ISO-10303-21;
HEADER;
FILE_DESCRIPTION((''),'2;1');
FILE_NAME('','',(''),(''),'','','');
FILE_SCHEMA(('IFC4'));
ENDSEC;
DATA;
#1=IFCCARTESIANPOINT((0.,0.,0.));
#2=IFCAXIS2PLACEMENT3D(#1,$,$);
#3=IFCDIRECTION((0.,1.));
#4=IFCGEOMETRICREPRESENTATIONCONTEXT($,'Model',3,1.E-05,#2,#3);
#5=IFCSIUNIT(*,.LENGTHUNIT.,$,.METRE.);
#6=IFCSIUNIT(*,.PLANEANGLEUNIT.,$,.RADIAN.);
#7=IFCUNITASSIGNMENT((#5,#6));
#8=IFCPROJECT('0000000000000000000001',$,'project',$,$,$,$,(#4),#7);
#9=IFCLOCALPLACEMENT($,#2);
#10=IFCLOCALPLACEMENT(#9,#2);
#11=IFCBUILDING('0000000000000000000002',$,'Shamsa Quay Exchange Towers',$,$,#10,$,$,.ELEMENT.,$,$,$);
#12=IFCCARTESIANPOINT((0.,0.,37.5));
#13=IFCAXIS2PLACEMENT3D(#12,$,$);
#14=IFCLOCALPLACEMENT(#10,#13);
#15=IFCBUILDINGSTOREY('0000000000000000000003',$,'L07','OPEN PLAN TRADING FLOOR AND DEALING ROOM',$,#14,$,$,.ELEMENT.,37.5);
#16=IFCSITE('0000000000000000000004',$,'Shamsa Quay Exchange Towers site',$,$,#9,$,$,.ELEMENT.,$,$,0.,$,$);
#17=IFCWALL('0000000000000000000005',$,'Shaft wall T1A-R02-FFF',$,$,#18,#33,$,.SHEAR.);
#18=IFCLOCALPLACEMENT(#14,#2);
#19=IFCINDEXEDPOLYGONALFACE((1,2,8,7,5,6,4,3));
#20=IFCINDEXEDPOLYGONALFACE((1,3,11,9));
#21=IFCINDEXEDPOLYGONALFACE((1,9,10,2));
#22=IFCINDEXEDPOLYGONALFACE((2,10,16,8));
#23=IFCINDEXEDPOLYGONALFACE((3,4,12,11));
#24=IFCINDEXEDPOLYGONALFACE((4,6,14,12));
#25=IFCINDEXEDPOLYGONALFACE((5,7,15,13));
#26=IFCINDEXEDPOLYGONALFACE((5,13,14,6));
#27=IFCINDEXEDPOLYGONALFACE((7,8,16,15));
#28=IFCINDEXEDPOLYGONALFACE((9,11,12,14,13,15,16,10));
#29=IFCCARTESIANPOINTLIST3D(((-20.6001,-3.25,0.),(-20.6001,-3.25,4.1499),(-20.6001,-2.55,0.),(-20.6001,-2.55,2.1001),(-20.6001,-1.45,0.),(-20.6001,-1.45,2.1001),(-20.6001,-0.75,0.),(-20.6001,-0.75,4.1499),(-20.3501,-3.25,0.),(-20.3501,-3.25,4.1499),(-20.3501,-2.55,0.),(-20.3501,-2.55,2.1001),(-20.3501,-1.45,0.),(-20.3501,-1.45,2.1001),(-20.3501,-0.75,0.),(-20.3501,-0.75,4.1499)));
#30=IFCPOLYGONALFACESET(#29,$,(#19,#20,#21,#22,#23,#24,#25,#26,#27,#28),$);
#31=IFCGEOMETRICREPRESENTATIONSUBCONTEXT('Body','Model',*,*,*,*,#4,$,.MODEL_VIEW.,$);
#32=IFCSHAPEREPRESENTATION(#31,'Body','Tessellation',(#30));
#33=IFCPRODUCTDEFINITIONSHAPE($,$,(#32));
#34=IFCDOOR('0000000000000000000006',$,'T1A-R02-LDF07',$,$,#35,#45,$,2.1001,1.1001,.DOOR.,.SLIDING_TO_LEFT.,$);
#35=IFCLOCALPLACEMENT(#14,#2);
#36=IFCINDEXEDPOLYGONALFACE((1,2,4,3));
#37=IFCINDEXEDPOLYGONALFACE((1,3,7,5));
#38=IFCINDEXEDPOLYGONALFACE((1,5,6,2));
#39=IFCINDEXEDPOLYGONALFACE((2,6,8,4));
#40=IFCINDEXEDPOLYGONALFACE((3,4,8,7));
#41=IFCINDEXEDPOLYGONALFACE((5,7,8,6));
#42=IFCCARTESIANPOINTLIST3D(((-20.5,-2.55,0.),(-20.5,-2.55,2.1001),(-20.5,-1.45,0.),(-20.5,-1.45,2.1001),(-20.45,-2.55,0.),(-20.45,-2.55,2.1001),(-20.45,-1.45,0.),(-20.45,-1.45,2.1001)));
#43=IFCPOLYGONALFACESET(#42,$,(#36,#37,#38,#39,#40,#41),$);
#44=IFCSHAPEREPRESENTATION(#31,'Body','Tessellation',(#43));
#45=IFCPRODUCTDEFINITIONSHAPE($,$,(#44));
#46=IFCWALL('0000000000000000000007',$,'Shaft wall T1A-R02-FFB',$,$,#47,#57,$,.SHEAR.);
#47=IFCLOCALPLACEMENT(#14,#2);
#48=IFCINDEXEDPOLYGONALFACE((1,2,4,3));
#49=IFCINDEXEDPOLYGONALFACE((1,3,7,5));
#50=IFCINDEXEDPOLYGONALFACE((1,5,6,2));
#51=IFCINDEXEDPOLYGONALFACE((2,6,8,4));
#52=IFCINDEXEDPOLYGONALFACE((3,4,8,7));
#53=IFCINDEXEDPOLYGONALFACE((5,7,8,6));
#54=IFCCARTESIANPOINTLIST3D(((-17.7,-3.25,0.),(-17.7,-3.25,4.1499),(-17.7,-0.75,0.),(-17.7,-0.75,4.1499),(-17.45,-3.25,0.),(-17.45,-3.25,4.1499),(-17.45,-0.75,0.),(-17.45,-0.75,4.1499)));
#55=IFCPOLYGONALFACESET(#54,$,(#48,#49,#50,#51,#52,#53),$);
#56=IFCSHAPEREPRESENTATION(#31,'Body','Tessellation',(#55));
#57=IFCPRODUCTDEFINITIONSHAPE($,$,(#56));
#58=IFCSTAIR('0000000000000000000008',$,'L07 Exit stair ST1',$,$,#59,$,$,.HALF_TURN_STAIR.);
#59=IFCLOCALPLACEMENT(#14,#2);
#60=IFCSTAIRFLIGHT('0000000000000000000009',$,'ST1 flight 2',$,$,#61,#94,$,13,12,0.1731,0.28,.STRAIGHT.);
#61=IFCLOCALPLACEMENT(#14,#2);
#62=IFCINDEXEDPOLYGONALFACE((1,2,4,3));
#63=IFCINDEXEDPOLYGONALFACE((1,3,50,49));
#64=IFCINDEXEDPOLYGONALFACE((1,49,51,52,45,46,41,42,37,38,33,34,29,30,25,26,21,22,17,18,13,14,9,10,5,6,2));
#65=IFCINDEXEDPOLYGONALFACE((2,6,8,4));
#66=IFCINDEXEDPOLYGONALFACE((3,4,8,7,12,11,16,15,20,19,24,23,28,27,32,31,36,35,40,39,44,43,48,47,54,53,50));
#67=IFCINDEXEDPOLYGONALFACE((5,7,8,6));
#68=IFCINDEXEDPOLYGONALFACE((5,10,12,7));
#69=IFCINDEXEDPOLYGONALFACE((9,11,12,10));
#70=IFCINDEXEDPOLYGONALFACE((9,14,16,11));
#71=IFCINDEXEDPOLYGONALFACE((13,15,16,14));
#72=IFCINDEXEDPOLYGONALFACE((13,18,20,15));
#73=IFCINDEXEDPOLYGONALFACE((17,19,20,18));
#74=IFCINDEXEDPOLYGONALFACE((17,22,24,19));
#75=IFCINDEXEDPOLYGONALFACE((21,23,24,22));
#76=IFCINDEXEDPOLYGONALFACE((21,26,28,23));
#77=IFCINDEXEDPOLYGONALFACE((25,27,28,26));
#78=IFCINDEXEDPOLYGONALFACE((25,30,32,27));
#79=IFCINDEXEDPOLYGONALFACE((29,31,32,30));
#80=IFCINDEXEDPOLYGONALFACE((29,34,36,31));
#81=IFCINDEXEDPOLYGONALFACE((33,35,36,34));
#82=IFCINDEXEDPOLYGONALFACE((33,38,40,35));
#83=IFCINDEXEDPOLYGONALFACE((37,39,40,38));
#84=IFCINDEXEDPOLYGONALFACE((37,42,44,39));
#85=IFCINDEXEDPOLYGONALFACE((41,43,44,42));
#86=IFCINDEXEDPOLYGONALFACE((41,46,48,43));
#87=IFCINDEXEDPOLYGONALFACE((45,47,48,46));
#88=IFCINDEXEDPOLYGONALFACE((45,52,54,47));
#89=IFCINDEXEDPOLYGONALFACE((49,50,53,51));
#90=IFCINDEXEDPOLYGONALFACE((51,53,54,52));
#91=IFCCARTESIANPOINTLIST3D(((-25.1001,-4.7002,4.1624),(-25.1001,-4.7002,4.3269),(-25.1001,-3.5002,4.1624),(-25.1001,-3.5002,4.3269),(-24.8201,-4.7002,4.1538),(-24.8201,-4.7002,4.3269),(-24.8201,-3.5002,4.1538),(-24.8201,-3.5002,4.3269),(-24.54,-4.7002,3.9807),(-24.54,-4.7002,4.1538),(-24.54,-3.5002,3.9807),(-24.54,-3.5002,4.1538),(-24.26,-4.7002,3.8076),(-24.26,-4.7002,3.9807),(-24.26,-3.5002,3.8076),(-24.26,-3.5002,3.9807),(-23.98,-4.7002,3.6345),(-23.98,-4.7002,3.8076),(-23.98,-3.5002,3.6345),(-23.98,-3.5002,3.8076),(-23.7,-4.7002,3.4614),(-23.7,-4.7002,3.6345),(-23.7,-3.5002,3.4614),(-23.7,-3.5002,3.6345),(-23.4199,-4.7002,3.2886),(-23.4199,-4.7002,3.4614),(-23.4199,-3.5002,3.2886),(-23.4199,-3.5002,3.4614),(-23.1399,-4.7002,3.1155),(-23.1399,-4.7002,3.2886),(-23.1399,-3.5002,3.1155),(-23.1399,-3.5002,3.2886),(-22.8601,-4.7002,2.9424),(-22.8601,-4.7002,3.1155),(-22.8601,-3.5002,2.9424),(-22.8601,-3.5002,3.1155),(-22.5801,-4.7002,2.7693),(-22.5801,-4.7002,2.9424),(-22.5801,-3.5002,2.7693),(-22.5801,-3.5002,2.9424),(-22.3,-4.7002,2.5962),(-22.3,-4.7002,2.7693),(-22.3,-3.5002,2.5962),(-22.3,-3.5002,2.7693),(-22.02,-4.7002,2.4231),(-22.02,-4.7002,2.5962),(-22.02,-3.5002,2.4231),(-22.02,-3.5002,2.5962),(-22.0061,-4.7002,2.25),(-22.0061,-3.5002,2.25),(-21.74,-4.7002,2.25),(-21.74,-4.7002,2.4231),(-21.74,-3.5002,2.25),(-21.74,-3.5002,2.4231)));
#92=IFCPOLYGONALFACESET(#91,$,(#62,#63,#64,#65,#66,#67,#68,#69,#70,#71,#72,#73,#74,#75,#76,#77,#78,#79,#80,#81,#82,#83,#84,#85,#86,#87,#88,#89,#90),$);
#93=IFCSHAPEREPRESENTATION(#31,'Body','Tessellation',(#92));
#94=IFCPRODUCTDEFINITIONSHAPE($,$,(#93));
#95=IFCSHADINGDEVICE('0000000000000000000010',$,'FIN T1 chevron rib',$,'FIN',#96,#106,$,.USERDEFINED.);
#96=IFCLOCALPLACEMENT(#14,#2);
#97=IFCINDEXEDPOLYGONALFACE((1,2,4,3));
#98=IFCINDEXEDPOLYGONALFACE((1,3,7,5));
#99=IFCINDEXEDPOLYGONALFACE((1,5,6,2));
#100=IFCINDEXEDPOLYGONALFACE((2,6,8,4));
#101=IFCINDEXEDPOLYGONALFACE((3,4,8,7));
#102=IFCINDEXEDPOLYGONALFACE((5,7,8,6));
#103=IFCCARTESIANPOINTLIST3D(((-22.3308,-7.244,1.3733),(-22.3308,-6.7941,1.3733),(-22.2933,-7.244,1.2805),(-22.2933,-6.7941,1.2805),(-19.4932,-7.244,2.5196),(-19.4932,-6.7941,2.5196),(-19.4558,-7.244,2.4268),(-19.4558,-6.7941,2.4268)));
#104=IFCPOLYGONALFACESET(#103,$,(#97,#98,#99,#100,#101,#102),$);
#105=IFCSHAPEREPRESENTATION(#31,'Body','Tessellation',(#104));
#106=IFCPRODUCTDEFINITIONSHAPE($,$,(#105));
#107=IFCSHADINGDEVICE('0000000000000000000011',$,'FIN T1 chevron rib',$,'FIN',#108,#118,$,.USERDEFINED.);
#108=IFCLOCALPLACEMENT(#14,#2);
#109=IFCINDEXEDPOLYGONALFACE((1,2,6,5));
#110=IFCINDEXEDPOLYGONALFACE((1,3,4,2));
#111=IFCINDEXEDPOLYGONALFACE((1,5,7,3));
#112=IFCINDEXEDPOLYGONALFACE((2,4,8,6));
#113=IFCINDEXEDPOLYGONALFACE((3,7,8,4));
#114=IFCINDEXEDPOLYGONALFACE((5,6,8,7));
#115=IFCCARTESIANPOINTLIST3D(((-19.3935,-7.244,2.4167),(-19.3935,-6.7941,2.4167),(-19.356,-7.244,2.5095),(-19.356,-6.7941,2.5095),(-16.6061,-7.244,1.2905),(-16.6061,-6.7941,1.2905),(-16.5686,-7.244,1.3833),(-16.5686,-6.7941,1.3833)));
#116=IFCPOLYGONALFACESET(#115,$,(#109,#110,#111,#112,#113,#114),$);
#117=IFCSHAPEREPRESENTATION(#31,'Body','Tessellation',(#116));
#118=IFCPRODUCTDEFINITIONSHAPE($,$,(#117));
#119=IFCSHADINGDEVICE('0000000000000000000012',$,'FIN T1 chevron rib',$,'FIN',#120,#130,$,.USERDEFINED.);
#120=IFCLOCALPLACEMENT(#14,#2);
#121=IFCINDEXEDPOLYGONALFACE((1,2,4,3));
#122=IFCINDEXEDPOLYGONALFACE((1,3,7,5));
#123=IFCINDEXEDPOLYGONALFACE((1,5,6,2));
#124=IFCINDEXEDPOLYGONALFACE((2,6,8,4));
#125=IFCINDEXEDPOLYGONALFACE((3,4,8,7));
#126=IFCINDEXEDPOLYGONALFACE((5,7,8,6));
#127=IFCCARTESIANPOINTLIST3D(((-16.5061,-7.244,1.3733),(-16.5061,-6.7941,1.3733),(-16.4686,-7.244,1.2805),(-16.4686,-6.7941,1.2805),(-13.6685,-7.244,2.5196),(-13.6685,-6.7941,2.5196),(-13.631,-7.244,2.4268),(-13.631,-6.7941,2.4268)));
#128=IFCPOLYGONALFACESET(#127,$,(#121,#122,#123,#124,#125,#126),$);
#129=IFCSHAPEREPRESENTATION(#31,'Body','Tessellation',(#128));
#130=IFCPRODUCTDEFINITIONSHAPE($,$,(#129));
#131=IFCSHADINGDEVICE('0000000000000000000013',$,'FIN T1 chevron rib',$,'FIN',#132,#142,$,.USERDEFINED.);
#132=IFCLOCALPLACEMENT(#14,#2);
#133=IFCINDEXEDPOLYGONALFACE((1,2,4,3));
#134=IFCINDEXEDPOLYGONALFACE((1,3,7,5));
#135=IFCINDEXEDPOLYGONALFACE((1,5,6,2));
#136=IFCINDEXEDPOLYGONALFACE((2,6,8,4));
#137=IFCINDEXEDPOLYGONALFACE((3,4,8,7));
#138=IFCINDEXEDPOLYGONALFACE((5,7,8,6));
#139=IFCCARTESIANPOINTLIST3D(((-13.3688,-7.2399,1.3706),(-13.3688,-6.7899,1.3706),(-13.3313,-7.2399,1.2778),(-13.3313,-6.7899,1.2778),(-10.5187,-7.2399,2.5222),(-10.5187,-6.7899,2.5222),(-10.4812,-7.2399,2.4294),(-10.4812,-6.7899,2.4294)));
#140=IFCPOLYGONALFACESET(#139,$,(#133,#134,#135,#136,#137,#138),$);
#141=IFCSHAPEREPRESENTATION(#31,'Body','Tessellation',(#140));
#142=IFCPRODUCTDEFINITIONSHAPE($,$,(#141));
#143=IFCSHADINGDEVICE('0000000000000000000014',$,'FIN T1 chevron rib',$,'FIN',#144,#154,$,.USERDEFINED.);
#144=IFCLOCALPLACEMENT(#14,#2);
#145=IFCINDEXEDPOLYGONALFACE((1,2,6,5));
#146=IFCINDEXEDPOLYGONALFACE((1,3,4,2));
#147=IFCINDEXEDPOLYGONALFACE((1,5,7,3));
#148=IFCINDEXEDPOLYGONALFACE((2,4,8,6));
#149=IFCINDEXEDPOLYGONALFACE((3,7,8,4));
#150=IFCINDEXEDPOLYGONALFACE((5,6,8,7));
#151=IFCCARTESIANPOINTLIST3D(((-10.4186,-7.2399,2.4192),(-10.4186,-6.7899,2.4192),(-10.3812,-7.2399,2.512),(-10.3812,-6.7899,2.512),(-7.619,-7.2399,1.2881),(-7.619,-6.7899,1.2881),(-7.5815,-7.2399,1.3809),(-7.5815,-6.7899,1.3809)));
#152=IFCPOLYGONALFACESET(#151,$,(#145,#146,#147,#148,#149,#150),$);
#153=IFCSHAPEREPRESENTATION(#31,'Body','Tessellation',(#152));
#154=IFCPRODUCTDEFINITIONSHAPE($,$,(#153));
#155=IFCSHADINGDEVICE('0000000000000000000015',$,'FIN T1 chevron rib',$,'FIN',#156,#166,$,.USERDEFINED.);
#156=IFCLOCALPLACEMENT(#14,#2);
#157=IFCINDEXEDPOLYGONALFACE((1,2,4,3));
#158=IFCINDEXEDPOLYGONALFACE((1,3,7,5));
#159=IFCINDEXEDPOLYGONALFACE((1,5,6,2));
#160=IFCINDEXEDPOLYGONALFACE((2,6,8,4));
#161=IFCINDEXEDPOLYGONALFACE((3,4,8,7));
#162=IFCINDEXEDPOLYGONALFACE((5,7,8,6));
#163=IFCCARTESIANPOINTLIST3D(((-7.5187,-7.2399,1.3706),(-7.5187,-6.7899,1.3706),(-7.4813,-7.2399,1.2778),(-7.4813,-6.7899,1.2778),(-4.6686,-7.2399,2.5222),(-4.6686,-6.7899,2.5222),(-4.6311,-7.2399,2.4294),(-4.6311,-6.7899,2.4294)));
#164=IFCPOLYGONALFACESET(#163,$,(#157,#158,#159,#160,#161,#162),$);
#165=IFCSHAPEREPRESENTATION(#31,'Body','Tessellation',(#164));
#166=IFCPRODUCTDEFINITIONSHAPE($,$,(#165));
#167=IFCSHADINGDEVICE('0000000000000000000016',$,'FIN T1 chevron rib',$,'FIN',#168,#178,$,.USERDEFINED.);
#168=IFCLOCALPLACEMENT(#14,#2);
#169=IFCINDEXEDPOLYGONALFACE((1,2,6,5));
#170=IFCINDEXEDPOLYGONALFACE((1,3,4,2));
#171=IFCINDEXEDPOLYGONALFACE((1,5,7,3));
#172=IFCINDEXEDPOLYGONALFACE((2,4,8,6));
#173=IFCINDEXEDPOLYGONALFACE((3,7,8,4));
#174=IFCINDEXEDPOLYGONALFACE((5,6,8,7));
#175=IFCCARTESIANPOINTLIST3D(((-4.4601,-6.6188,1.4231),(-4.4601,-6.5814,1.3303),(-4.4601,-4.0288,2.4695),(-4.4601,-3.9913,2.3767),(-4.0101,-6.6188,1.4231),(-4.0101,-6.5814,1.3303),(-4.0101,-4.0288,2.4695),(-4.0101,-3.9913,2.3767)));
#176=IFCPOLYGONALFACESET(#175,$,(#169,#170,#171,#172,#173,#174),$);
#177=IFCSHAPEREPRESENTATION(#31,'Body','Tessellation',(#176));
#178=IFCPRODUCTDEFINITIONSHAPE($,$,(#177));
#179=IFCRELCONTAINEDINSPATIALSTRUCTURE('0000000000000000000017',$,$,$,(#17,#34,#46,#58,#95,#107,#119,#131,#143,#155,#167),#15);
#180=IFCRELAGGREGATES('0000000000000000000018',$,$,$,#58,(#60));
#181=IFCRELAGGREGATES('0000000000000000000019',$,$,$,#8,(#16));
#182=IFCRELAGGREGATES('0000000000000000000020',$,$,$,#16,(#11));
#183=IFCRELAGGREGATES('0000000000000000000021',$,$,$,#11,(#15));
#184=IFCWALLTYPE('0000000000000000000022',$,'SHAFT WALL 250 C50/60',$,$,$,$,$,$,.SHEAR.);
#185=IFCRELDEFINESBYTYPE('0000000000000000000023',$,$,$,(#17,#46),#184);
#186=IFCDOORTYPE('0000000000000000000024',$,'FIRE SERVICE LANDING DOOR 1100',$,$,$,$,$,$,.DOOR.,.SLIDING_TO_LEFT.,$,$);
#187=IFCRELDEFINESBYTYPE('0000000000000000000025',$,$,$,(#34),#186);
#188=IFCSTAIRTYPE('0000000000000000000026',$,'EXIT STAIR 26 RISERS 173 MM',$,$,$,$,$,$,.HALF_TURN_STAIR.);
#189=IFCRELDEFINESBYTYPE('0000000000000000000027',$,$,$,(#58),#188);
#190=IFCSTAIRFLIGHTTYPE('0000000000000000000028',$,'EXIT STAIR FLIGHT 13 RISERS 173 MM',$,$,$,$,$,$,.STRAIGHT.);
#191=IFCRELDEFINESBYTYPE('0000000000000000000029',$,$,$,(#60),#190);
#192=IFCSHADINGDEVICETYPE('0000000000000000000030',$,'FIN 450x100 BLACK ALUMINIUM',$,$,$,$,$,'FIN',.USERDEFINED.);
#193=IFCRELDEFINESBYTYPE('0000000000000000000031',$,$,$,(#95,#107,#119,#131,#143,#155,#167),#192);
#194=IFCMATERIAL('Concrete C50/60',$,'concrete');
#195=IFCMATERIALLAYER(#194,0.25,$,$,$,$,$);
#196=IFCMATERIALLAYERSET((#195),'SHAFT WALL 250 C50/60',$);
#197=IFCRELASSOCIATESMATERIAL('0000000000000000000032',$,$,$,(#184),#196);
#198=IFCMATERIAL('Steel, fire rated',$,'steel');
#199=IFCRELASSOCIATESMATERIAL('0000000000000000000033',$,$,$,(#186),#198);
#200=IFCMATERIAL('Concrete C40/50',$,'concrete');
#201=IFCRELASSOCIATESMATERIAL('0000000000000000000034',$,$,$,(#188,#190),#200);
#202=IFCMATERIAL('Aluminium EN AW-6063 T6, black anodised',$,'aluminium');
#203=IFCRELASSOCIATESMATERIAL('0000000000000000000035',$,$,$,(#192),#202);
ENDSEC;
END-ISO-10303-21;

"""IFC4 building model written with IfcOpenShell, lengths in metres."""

from ifc_helpers import new_model, si_unit, direction, frame, frame_2d, origin, origin_2d, place, context, subcontext, project, spatial, polyline, rectangle, outline, extrude, material, layer, layer_set, material_profile, profile_set, type_object, element, fill, aggregate, save


model = new_model("IFC4")

# Units and contexts
model_context = context("Model", 3, precision=1e-05, world=origin(), true_north=direction((0.0, 1.0)))
body_context = subcontext(model_context, "Body", "Model", "MODEL_VIEW")
ifc_project = project(units=[si_unit("LENGTHUNIT", "METRE"), si_unit("PLANEANGLEUNIT", "RADIAN")], contexts=[model_context])

# Site, building, storey
site_placement = place(None, origin())
site = spatial("IfcSite", under=ifc_project, at=site_placement, Name="Shamsa Quay Exchange Towers site", CompositionType="ELEMENT", RefElevation=0.0)
building_placement = place(site_placement, origin())
building = spatial("IfcBuilding", under=site, at=building_placement, Name="Shamsa Quay Exchange Towers", CompositionType="ELEMENT")
storey_placement = place(building_placement, frame((0.0, 0.0, 37.5)))
storey = spatial("IfcBuildingStorey", under=building, at=storey_placement, Name="L07", Description="OPEN PLAN TRADING FLOOR AND DEALING ROOM", CompositionType="ELEMENT", Elevation=37.5)

# Shared definitions
ifc_material_1 = material(Name="Aluminium EN AW-6063 T6, black anodised", Category="aluminium")

# Shared definitions
ifc_material_2 = material(Name="Concrete C40/50", Category="concrete")

# Shared definitions
ifc_material_3 = material(Name="Concrete C50/60", Category="concrete")
ifc_layer_1 = layer(ifc_material_3, 0.25)
ifc_layer_set_1 = layer_set([ifc_layer_1], Name="SHAFT WALL 250 C50/60")
wall_type = type_object("IfcWallType", Name="SHAFT WALL 250 C50/60", PredefinedType="SHEAR", material=ifc_layer_set_1)
ifc_material_4 = material(Name="Steel, fire rated", Category="steel")

# Wall, opening, door
wall_1_placement = place(storey_placement, frame((-20.4751, -3.25, 0.0), z_axis=(0.0, 0.0, 1.0), x_axis=(0.0, 1.0, 0.0)))
wall_1 = element("IfcWall", 1, at=wall_1_placement, inside=storey, type_object=wall_type, Name="Shaft wall T1A-R02-FFF", PredefinedType="SHEAR", context=body_context, shape_type="SweptSolid", body=[
    extrude(rectangle(XDim=2.5, YDim=0.25, at=frame_2d((1.25, 0.0))), origin(), (0.0, 0.0, 1.0), 4.1499),
])
opening_1_placement = place(wall_1_placement, frame((0.7, 0.0, 0.0)))
opening_1 = element("IfcOpeningElement", 2, at=opening_1_placement, cuts=wall_1, PredefinedType="OPENING", context=body_context, shape_type="SweptSolid", body=[
    extrude(rectangle(XDim=1.1001, YDim=2.1001, at=frame_2d((0.55, 1.05))), frame((0.0, 0.135, 0.0), z_axis=(0.0, -1.0, 0.0), x_axis=(1.0, 0.0, 0.0)), (0.0, 0.0, 1.0), 0.27),
])
door_type_1 = type_object("IfcDoorType", Name="FIRE SERVICE LANDING DOOR 1100", OperationType="SLIDING_TO_LEFT", PredefinedType="DOOR", material=ifc_material_4)
door_1_placement = place(opening_1_placement, origin())
door_1 = element("IfcDoor", 3, at=door_1_placement, inside=storey, type_object=door_type_1, Name="T1A-R02-LDF07", OperationType="SLIDING_TO_LEFT", OverallHeight=2.1001, OverallWidth=1.1001, PredefinedType="DOOR", context=body_context, shape_type="SweptSolid", body=[
    extrude(rectangle(XDim=1.1001, YDim=2.1001, at=frame_2d((0.55, 1.05))), frame((0.0, 0.0249, 0.0), z_axis=(0.0, -1.0, 0.0), x_axis=(1.0, 0.0, 0.0)), (0.0, 0.0, 1.0), 0.05),
])
fill(opening_1, door_1)

# Wall
wall_2_placement = place(storey_placement, frame((-17.575, -3.25, 0.0), z_axis=(0.0, 0.0, 1.0), x_axis=(0.0, 1.0, 0.0)))
element("IfcWall", 4, at=wall_2_placement, inside=storey, type_object=wall_type, Name="Shaft wall T1A-R02-FFB", PredefinedType="SHEAR", context=body_context, shape_type="SweptSolid", body=[
    extrude(rectangle(XDim=2.5, YDim=0.25, at=frame_2d((1.25, 0.0))), origin(), (0.0, 0.0, 1.0), 4.1499),
])

# Stair, stair flight
stair_type = type_object("IfcStairType", Name="EXIT STAIR 26 RISERS 173 MM", PredefinedType="HALF_TURN_STAIR", material=ifc_material_2)
stair_placement = place(storey_placement, origin())
stair = element("IfcStair", 5, at=stair_placement, inside=storey, type_object=stair_type, Name="L07 Exit stair ST1", PredefinedType="HALF_TURN_STAIR")
stair_flight_type = type_object("IfcStairFlightType", Name="EXIT STAIR FLIGHT 13 RISERS 173 MM", PredefinedType="STRAIGHT", material=ifc_material_2)
stair_flight_placement = place(storey_placement, frame((-21.74, -4.1001, 2.25), z_axis=(0.0, 0.0, 1.0), x_axis=(-1.0, 0.0, 0.0)))
stair_flight = element("IfcStairFlight", 6, at=stair_flight_placement, type_object=stair_flight_type, Name="ST1 flight 2", NumberOfRisers=13, NumberOfTreads=12, PredefinedType="STRAIGHT", RiserHeight=0.1731, TreadLength=0.28, context=body_context, shape_type="SweptSolid", body=[
    extrude(outline(polyline([(0.0, 0.0), (0.0, 0.1731), (0.28, 0.1731), (0.28, 0.3462), (0.5601, 0.3462), (0.5601, 0.5193), (0.8401, 0.5193), (0.8401, 0.6924), (1.1201, 0.6924), (1.1201, 0.8655), (1.3999, 0.8655), (1.3999, 1.0386), (1.6799, 1.0386), (1.6799, 1.2114), (1.96, 1.2114), (1.96, 1.3845), (2.24, 1.3845), (2.24, 1.5576), (2.52, 1.5576), (2.52, 1.7307), (2.8, 1.7307), (2.8, 1.9038), (3.0801, 1.9038), (3.0801, 2.0769), (3.3601, 2.0769), (3.3601, 2.25), (3.3601, 1.9124), (0.2661, 0.0), (0.0, 0.0)])), frame((0.0, 0.6001, 0.0), z_axis=(0.0, -1.0, 0.0), x_axis=(1.0, 0.0, 0.0)), (0.0, 0.0, 1.0), 1.2),
])
aggregate(stair, [stair_flight])

# Shading devices
ifc_material_profile_1 = material_profile(ifc_material_1, rectangle(XDim=0.45, YDim=0.1001, at=origin_2d()), Name="FIN450x100")
ifc_profile_set_1 = profile_set([ifc_material_profile_1], Name="Aluminium EN AW-6063 T6, black anodised")
shading_device_type = type_object("IfcShadingDeviceType", Name="FIN 450x100 BLACK ALUMINIUM", ElementType="FIN", PredefinedType="USERDEFINED", material=ifc_profile_set_1)
shading_device_1_placement = place(storey_placement, frame((-22.312, -7.019, 1.3269), z_axis=(0.9272, 0.0, 0.374566), x_axis=(0.0, 1.0, 0.0)))
element("IfcShadingDevice", 7, at=shading_device_1_placement, inside=storey, type_object=shading_device_type, Name="FIN T1 chevron rib", ObjectType="FIN", PredefinedType="USERDEFINED", context=body_context, shape_type="SweptSolid", body=[
    extrude(rectangle(XDim=0.45, YDim=0.1001, at=origin_2d()), origin(), (0.0, 0.0, 1.0), 3.0603),
])
shading_device_2_placement = place(storey_placement, frame((-19.3748, -7.019, 2.4631), z_axis=(0.927177, 0.0, -0.374623), x_axis=(0.0, 1.0, 0.0)))
element("IfcShadingDevice", 8, at=shading_device_2_placement, inside=storey, type_object=shading_device_type, Name="FIN T1 chevron rib", ObjectType="FIN", PredefinedType="USERDEFINED", context=body_context, shape_type="SweptSolid", body=[
    extrude(rectangle(XDim=0.45, YDim=0.1001, at=origin_2d()), origin(), (0.0, 0.0, 1.0), 3.0063),
])
shading_device_3_placement = place(storey_placement, frame((-16.4873, -7.019, 1.3269), z_axis=(0.9272, 0.0, 0.374566), x_axis=(0.0, 1.0, 0.0)))
element("IfcShadingDevice", 9, at=shading_device_3_placement, inside=storey, type_object=shading_device_type, Name="FIN T1 chevron rib", ObjectType="FIN", PredefinedType="USERDEFINED", context=body_context, shape_type="SweptSolid", body=[
    extrude(rectangle(XDim=0.45, YDim=0.1001, at=origin_2d()), origin(), (0.0, 0.0, 1.0), 3.0603),
])
shading_device_4_placement = place(storey_placement, frame((-13.3501, -7.0149, 1.3242), z_axis=(0.927173, 0.0, 0.374634), x_axis=(0.0, 1.0, 0.0)))
element("IfcShadingDevice", 10, at=shading_device_4_placement, inside=storey, type_object=shading_device_type, Name="FIN T1 chevron rib", ObjectType="FIN", PredefinedType="USERDEFINED", context=body_context, shape_type="SweptSolid", body=[
    extrude(rectangle(XDim=0.45, YDim=0.1001, at=origin_2d()), origin(), (0.0, 0.0, 1.0), 3.074),
])
shading_device_5_placement = place(storey_placement, frame((-10.3999, -7.0149, 2.4656), z_axis=(0.927194, 0.0, -0.374581), x_axis=(0.0, 1.0, 0.0)))
element("IfcShadingDevice", 11, at=shading_device_5_placement, inside=storey, type_object=shading_device_type, Name="FIN T1 chevron rib", ObjectType="FIN", PredefinedType="USERDEFINED", context=body_context, shape_type="SweptSolid", body=[
    extrude(rectangle(XDim=0.45, YDim=0.1001, at=origin_2d()), origin(), (0.0, 0.0, 1.0), 3.0195),
])
shading_device_6_placement = place(storey_placement, frame((-7.5, -7.0149, 1.3242), z_axis=(0.927173, 0.0, 0.374634), x_axis=(0.0, 1.0, 0.0)))
element("IfcShadingDevice", 12, at=shading_device_6_placement, inside=storey, type_object=shading_device_type, Name="FIN T1 chevron rib", ObjectType="FIN", PredefinedType="USERDEFINED", context=body_context, shape_type="SweptSolid", body=[
    extrude(rectangle(XDim=0.45, YDim=0.1001, at=origin_2d()), origin(), (0.0, 0.0, 1.0), 3.074),
])
shading_device_7_placement = place(storey_placement, frame((-4.2351, -6.6001, 1.3767), z_axis=(0.0, 0.927193, 0.374583), x_axis=(-1.0, 0.0, 0.0)))
element("IfcShadingDevice", 13, at=shading_device_7_placement, inside=storey, type_object=shading_device_type, Name="FIN T1 chevron rib", ObjectType="FIN", PredefinedType="USERDEFINED", context=body_context, shape_type="SweptSolid", body=[
    extrude(rectangle(XDim=0.45, YDim=0.1001, at=origin_2d()), origin(), (0.0, 0.0, 1.0), 2.7935),
])

save(model, "model.ifc")
